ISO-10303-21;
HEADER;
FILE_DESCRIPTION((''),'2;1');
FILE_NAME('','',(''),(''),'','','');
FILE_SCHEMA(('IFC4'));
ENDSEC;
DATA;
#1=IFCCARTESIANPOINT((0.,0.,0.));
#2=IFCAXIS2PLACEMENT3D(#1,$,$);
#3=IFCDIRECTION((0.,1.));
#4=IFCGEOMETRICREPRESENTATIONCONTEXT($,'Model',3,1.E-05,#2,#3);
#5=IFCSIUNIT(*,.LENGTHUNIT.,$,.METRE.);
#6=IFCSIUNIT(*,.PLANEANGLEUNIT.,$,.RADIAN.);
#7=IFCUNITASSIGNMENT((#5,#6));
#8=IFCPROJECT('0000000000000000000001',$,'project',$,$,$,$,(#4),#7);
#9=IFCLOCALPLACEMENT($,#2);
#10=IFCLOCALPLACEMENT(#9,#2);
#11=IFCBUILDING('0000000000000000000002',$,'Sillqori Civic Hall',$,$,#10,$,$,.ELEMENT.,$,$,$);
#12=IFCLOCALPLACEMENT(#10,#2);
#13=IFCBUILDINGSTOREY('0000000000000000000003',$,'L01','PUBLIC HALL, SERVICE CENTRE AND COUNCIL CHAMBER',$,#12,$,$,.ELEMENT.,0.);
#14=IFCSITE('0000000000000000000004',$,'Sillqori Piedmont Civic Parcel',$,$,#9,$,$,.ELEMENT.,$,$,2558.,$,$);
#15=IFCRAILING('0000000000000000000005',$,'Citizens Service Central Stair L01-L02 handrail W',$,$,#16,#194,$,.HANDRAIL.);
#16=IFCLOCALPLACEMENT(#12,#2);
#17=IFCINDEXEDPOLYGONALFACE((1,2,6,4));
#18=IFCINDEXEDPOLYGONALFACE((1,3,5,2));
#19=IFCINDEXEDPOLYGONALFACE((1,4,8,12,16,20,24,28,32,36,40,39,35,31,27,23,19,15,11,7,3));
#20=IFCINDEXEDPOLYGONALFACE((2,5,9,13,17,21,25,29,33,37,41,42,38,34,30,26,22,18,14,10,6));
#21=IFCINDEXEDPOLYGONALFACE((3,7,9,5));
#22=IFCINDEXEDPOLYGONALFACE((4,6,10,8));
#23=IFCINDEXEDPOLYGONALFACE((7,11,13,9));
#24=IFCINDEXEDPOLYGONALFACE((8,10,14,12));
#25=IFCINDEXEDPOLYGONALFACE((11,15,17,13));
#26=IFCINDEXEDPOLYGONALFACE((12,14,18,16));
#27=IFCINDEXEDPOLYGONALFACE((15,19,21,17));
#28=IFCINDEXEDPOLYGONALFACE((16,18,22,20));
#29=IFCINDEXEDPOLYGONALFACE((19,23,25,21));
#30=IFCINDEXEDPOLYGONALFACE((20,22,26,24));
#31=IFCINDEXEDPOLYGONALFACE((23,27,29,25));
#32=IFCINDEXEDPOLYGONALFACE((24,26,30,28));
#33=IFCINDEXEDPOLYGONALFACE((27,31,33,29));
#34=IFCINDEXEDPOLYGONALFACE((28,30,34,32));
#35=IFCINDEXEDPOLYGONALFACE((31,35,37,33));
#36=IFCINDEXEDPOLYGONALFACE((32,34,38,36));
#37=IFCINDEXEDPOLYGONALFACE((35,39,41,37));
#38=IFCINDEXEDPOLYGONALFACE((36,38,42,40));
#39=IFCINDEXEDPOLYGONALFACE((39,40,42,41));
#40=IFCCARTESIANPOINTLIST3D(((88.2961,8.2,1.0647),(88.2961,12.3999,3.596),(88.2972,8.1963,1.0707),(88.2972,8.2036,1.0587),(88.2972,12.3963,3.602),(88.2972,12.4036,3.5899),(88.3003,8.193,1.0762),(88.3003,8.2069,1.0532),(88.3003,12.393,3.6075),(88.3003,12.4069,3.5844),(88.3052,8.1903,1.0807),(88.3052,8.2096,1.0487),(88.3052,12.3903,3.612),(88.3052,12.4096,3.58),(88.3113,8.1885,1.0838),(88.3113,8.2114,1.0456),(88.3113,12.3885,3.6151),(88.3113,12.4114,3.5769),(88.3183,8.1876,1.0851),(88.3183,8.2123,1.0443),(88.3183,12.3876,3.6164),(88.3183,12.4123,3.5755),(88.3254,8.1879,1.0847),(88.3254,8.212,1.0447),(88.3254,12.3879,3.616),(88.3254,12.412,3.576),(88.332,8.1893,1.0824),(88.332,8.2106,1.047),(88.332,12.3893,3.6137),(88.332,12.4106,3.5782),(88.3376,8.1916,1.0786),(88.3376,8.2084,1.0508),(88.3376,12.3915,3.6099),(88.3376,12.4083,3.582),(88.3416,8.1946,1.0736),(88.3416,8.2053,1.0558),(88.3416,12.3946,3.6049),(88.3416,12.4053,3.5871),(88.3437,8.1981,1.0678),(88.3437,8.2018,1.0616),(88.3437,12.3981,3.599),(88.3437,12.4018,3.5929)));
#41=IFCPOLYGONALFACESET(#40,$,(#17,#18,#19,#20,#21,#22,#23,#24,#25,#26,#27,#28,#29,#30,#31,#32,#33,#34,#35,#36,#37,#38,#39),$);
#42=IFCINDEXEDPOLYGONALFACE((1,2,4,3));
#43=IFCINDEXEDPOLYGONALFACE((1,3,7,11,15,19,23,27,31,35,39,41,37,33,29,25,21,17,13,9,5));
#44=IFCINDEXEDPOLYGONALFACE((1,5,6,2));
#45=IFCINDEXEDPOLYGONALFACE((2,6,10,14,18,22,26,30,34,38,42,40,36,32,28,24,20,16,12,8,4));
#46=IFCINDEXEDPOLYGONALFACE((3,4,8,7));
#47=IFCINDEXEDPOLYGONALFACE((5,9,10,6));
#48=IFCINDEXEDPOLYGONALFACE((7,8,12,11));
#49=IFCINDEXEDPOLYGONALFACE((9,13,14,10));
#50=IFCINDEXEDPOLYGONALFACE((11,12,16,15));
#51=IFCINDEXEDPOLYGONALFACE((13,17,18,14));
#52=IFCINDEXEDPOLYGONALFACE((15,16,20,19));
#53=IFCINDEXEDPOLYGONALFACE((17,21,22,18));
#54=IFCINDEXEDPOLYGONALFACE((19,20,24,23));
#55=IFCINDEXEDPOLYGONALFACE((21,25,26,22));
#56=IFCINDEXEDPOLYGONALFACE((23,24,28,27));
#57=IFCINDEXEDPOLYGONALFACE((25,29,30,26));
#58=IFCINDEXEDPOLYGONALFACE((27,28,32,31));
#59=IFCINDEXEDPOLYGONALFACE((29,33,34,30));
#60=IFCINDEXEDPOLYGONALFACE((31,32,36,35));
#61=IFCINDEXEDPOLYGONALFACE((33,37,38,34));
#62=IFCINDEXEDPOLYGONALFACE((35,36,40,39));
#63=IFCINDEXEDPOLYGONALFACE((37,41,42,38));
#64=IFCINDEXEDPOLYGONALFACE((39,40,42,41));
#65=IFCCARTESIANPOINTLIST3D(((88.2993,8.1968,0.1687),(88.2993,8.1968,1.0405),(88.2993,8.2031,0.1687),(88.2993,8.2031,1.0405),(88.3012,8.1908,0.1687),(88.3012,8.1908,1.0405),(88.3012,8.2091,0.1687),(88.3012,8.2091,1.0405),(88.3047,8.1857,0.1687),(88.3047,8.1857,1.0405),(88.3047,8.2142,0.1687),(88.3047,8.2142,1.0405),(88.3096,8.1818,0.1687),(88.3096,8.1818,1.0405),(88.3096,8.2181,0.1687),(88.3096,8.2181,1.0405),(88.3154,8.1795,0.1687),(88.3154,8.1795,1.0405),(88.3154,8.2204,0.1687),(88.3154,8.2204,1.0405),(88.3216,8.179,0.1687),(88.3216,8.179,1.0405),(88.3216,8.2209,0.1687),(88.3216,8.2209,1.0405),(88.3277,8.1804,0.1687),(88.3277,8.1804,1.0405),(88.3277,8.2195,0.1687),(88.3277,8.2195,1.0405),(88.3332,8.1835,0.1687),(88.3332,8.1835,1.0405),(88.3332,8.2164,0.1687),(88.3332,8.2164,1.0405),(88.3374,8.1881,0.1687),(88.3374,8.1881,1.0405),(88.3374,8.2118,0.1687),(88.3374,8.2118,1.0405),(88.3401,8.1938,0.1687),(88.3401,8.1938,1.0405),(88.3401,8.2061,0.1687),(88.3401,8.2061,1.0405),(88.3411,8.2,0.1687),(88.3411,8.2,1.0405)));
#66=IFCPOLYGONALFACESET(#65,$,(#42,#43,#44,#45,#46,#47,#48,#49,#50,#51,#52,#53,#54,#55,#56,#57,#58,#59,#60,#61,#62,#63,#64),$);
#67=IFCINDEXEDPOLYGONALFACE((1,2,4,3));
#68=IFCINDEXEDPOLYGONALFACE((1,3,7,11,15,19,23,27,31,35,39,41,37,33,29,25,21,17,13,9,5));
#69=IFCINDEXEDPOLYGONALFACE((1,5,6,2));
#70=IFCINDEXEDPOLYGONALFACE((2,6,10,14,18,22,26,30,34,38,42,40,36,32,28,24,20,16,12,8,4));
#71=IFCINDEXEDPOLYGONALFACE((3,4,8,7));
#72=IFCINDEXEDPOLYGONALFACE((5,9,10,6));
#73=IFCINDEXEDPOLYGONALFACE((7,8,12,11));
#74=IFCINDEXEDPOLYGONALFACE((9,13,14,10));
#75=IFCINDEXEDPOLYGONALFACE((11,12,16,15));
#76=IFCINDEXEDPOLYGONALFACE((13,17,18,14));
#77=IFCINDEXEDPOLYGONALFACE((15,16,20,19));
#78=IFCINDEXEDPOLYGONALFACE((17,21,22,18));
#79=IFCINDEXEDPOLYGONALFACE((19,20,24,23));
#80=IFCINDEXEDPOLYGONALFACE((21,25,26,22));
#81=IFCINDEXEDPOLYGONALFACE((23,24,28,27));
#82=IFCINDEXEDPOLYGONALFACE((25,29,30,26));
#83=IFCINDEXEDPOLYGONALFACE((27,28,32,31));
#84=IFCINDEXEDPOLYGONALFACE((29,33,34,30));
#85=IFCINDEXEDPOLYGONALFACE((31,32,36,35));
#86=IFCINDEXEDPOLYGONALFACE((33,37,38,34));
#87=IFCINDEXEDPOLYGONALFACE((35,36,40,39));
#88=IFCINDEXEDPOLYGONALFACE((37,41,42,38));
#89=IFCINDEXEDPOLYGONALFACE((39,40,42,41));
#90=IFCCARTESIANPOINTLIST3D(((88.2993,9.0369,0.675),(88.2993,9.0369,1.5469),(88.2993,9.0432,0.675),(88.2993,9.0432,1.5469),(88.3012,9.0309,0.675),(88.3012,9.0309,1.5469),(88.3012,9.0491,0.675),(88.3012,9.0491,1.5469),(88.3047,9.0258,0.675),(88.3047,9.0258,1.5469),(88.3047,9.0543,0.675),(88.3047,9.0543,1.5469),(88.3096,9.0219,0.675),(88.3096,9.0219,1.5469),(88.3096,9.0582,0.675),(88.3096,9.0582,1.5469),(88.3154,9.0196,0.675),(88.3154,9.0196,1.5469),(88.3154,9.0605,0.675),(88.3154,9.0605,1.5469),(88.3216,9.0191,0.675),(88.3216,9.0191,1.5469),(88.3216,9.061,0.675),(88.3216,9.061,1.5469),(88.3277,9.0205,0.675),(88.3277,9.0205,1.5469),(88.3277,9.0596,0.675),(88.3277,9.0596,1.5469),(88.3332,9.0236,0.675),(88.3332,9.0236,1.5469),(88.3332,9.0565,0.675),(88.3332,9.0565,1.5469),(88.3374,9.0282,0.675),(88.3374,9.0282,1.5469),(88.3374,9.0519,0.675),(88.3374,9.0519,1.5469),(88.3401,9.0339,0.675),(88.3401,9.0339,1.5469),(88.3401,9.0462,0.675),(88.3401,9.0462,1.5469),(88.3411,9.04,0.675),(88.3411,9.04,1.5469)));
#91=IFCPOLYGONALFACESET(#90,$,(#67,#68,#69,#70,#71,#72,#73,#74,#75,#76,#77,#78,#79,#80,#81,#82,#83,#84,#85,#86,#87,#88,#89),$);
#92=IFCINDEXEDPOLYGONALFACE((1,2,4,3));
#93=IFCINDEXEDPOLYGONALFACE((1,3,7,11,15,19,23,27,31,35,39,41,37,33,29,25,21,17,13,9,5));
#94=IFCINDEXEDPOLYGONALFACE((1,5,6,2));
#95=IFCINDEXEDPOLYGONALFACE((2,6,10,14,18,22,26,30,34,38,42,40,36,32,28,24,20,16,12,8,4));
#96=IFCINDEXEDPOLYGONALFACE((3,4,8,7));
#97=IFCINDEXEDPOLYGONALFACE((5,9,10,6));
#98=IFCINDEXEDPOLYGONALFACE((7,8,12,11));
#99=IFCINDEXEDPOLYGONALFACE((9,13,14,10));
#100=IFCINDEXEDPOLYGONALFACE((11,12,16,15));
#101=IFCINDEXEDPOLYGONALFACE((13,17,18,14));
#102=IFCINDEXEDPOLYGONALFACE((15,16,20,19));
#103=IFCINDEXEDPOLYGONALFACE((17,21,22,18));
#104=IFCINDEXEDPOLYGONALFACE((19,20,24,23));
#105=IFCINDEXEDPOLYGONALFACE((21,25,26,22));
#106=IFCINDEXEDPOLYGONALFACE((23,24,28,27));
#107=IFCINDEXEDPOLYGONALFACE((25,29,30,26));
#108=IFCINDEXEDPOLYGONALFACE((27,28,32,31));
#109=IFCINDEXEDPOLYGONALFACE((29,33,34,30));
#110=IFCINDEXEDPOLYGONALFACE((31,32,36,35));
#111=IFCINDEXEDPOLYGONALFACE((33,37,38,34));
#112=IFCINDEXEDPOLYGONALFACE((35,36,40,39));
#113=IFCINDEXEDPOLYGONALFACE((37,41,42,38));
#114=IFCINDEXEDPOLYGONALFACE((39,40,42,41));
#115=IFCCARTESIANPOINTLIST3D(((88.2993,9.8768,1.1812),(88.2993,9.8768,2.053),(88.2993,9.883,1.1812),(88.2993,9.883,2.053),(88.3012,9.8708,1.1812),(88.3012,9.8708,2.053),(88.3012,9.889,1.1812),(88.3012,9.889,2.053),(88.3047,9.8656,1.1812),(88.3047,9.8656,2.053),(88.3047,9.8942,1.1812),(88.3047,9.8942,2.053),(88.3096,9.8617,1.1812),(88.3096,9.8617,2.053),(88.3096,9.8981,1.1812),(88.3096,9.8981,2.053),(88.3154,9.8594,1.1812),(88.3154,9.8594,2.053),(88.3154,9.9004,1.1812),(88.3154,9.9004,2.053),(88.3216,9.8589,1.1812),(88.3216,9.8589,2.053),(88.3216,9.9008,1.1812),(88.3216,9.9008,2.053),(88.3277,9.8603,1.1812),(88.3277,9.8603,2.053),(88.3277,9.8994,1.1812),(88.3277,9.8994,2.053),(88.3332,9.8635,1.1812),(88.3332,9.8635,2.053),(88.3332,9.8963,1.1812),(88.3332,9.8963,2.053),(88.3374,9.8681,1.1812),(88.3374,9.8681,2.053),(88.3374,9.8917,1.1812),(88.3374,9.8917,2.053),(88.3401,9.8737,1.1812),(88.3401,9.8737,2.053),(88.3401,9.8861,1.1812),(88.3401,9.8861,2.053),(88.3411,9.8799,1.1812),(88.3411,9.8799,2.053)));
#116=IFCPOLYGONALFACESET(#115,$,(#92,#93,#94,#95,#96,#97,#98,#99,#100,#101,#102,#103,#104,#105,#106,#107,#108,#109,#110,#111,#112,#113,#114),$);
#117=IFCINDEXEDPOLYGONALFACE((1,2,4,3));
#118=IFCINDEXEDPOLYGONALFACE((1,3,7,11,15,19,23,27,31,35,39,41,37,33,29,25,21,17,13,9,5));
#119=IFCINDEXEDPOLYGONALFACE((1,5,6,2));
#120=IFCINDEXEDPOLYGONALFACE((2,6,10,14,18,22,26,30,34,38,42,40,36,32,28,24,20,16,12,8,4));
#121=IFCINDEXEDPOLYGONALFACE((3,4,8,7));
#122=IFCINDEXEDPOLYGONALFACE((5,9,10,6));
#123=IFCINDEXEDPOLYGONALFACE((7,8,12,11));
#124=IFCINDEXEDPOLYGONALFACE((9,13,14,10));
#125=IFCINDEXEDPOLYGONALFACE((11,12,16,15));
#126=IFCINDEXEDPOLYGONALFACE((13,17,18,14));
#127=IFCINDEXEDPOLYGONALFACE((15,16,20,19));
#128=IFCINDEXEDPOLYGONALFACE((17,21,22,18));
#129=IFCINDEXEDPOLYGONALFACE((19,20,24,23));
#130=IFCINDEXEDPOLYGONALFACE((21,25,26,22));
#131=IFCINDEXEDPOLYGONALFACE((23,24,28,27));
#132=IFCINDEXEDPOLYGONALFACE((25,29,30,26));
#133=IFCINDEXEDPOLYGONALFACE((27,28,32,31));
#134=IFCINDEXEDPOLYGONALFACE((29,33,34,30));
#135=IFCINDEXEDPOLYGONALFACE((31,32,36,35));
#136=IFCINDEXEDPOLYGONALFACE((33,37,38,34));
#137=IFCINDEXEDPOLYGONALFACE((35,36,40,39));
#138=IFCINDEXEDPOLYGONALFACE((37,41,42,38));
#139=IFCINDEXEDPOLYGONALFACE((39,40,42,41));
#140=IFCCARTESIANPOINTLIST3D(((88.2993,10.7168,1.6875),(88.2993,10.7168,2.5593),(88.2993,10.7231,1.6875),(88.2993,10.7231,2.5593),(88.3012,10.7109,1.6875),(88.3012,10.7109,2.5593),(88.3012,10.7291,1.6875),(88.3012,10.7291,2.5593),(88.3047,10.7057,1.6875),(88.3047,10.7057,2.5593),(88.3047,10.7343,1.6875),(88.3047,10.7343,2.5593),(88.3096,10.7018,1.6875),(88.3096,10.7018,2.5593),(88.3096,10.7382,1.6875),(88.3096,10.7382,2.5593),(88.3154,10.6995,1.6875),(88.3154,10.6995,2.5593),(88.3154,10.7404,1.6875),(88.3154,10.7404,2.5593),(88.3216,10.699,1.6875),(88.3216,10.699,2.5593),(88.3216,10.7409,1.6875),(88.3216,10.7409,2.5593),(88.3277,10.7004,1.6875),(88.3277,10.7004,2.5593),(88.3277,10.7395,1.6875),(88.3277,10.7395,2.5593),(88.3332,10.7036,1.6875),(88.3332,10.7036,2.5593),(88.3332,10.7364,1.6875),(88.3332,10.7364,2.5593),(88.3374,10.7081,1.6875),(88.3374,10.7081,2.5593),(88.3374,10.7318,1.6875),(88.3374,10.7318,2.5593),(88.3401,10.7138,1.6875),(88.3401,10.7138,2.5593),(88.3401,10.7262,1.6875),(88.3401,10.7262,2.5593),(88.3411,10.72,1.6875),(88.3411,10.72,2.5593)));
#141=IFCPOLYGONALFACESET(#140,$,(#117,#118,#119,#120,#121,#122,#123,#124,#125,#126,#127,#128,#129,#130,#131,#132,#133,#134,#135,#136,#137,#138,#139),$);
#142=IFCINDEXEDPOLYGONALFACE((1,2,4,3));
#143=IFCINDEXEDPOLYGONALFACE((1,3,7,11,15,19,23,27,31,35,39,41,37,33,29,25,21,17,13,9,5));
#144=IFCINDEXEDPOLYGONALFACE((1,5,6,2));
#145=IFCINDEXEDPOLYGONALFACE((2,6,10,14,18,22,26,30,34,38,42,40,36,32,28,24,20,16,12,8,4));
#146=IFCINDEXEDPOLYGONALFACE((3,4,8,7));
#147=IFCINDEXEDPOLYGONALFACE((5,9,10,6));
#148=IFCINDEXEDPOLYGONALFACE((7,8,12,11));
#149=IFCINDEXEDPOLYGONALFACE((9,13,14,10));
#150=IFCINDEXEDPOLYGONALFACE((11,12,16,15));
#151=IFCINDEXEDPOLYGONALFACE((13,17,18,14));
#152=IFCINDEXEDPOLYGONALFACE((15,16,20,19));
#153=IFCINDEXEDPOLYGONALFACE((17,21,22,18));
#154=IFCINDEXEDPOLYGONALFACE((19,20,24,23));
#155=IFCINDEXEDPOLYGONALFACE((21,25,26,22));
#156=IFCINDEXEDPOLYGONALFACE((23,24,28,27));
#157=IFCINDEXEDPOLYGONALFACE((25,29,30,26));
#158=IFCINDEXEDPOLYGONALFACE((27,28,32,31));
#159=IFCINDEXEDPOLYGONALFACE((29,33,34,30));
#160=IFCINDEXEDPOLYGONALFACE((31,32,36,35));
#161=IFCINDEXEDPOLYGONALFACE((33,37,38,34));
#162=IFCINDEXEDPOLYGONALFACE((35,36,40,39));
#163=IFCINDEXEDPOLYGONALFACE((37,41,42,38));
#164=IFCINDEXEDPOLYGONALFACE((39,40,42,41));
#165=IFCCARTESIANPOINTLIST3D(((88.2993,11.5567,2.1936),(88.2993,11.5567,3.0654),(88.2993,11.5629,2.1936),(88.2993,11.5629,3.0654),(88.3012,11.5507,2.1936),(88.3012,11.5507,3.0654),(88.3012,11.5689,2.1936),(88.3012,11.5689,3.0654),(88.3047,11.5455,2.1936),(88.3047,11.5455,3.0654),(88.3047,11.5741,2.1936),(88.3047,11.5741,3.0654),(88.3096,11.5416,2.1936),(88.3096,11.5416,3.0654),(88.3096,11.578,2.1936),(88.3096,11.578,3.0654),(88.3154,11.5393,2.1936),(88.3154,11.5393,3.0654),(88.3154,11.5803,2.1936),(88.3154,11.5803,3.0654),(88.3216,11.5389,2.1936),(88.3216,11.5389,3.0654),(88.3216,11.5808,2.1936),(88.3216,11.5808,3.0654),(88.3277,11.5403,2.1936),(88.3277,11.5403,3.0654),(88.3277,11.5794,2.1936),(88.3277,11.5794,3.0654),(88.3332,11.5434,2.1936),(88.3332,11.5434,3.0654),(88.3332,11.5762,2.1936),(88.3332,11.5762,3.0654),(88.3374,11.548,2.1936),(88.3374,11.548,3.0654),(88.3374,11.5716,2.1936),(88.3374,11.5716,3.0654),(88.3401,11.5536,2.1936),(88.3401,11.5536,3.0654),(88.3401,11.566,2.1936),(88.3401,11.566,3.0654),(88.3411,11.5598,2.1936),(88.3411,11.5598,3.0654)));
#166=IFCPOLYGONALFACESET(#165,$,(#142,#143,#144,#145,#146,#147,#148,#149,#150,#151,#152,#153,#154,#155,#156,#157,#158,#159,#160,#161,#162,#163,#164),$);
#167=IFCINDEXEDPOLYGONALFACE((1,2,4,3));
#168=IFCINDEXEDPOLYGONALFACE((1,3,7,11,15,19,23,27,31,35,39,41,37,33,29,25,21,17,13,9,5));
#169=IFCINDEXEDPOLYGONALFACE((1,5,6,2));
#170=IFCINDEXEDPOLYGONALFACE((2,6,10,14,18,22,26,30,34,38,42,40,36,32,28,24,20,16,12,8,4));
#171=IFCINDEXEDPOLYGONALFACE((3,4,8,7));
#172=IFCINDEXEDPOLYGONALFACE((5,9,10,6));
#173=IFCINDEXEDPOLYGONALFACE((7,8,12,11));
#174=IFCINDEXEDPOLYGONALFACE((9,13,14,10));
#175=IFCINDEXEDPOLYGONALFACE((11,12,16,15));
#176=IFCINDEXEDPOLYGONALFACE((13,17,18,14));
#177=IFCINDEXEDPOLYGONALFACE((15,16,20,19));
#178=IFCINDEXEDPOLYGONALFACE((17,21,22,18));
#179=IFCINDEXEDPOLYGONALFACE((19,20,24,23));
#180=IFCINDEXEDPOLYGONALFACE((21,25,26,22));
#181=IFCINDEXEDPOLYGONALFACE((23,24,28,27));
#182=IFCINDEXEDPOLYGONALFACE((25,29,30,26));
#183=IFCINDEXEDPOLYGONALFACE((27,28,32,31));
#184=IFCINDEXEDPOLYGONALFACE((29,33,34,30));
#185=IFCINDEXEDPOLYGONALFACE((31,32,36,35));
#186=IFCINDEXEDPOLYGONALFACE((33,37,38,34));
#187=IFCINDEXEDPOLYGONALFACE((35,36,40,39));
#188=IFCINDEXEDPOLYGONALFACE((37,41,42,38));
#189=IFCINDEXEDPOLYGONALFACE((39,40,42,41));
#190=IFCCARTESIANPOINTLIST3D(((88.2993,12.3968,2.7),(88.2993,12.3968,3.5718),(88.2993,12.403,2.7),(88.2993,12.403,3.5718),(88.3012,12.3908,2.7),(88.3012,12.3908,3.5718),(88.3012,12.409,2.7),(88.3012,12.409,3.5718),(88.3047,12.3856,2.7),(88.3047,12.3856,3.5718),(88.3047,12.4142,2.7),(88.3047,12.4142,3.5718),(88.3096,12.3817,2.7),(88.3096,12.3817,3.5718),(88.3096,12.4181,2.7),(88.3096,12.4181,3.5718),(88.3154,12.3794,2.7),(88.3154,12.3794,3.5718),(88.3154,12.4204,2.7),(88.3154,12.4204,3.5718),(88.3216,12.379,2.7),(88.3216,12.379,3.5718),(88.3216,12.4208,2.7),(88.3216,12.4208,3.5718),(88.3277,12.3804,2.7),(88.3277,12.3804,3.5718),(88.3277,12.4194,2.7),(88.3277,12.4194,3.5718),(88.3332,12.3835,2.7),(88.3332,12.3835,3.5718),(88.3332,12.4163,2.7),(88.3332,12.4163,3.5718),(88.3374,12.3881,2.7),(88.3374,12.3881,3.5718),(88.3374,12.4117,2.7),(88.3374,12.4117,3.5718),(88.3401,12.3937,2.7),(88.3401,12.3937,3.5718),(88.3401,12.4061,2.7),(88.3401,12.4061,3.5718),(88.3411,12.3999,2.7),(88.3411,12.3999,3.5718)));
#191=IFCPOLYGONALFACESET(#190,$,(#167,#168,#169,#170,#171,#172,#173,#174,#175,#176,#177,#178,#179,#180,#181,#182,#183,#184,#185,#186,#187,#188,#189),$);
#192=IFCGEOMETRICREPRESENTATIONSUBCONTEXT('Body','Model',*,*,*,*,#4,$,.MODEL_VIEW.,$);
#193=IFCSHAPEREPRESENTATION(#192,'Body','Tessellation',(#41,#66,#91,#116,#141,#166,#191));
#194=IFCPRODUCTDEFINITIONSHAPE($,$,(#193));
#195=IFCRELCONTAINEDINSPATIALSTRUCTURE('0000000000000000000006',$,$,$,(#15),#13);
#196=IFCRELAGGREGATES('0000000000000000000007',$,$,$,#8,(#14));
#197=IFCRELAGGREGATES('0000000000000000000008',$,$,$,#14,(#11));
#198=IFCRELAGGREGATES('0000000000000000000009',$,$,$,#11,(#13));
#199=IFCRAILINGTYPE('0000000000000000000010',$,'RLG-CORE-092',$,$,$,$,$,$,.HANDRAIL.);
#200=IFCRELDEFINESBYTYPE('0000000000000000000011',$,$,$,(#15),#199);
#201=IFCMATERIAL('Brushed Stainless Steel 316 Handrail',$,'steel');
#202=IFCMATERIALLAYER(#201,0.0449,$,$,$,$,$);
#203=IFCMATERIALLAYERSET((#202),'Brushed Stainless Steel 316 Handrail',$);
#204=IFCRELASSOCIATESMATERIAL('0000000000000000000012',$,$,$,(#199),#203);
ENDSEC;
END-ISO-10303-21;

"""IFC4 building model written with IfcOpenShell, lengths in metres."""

from ifc_helpers import new_model, si_unit, direction, frame, origin, origin_2d, place, context, subcontext, project, spatial, circle, extrude, material, layer, layer_set, type_object, element, save


model = new_model("IFC4")

# Units and contexts
model_context = context("Model", 3, precision=1e-05, world=origin(), true_north=direction((0.0, 1.0)))
body_context = subcontext(model_context, "Body", "Model", "MODEL_VIEW")
ifc_project = project(units=[si_unit("LENGTHUNIT", "METRE"), si_unit("PLANEANGLEUNIT", "RADIAN")], contexts=[model_context])

# Site, building, storey
site_placement = place(None, origin())
site = spatial("IfcSite", under=ifc_project, at=site_placement, Name="Sillqori Piedmont Civic Parcel", CompositionType="ELEMENT", RefElevation=2558.0)
building_placement = place(site_placement, origin())
building = spatial("IfcBuilding", under=site, at=building_placement, Name="Sillqori Civic Hall", CompositionType="ELEMENT")
storey_placement = place(building_placement, origin())
storey = spatial("IfcBuildingStorey", under=building, at=storey_placement, Name="L01", Description="PUBLIC HALL, SERVICE CENTRE AND COUNCIL CHAMBER", CompositionType="ELEMENT", Elevation=0.0)

# Railing
ifc_material_1 = material(Name="Brushed Stainless Steel 316 Handrail", Category="steel")
ifc_layer_1 = layer(ifc_material_1, 0.0449)
ifc_layer_set_1 = layer_set([ifc_layer_1], Name="Brushed Stainless Steel 316 Handrail")
railing_type_1 = type_object("IfcRailingType", Name="RLG-CORE-092", PredefinedType="HANDRAIL", material=ifc_layer_set_1)
railing_1_placement = place(storey_placement, frame((88.3201, 8.2, 0.1687)))
element("IfcRailing", 1, at=railing_1_placement, inside=storey, type_object=railing_type_1, Name="Citizens Service Central Stair L01-L02 handrail W", PredefinedType="HANDRAIL", context=body_context, shape_type="SweptSolid", body=[
    extrude(circle(Radius=0.0239, at=origin_2d()), frame((0.0, 0.0, 0.896), z_axis=(0.0, 0.856476, 0.516186), x_axis=(-1.0, 0.0, 0.0)), (0.0, 0.0, 1.0), 4.9038),
    extrude(circle(Radius=0.021, at=origin_2d()), origin(), (0.0, 0.0, 1.0), 0.8718),
    extrude(circle(Radius=0.021, at=origin_2d()), frame((0.0, 0.8401, 0.5063)), (0.0, 0.0, 1.0), 0.8718),
    extrude(circle(Radius=0.021, at=origin_2d()), frame((0.0, 1.6799, 1.0125)), (0.0, 0.0, 1.0), 0.8718),
    extrude(circle(Radius=0.021, at=origin_2d()), frame((0.0, 2.52, 1.5188)), (0.0, 0.0, 1.0), 0.8718),
    extrude(circle(Radius=0.021, at=origin_2d()), frame((0.0, 3.3599, 2.0249)), (0.0, 0.0, 1.0), 0.8718),
    extrude(circle(Radius=0.021, at=origin_2d()), frame((0.0, 4.2, 2.5312)), (0.0, 0.0, 1.0), 0.8718),
])

save(model, "model.ifc")
